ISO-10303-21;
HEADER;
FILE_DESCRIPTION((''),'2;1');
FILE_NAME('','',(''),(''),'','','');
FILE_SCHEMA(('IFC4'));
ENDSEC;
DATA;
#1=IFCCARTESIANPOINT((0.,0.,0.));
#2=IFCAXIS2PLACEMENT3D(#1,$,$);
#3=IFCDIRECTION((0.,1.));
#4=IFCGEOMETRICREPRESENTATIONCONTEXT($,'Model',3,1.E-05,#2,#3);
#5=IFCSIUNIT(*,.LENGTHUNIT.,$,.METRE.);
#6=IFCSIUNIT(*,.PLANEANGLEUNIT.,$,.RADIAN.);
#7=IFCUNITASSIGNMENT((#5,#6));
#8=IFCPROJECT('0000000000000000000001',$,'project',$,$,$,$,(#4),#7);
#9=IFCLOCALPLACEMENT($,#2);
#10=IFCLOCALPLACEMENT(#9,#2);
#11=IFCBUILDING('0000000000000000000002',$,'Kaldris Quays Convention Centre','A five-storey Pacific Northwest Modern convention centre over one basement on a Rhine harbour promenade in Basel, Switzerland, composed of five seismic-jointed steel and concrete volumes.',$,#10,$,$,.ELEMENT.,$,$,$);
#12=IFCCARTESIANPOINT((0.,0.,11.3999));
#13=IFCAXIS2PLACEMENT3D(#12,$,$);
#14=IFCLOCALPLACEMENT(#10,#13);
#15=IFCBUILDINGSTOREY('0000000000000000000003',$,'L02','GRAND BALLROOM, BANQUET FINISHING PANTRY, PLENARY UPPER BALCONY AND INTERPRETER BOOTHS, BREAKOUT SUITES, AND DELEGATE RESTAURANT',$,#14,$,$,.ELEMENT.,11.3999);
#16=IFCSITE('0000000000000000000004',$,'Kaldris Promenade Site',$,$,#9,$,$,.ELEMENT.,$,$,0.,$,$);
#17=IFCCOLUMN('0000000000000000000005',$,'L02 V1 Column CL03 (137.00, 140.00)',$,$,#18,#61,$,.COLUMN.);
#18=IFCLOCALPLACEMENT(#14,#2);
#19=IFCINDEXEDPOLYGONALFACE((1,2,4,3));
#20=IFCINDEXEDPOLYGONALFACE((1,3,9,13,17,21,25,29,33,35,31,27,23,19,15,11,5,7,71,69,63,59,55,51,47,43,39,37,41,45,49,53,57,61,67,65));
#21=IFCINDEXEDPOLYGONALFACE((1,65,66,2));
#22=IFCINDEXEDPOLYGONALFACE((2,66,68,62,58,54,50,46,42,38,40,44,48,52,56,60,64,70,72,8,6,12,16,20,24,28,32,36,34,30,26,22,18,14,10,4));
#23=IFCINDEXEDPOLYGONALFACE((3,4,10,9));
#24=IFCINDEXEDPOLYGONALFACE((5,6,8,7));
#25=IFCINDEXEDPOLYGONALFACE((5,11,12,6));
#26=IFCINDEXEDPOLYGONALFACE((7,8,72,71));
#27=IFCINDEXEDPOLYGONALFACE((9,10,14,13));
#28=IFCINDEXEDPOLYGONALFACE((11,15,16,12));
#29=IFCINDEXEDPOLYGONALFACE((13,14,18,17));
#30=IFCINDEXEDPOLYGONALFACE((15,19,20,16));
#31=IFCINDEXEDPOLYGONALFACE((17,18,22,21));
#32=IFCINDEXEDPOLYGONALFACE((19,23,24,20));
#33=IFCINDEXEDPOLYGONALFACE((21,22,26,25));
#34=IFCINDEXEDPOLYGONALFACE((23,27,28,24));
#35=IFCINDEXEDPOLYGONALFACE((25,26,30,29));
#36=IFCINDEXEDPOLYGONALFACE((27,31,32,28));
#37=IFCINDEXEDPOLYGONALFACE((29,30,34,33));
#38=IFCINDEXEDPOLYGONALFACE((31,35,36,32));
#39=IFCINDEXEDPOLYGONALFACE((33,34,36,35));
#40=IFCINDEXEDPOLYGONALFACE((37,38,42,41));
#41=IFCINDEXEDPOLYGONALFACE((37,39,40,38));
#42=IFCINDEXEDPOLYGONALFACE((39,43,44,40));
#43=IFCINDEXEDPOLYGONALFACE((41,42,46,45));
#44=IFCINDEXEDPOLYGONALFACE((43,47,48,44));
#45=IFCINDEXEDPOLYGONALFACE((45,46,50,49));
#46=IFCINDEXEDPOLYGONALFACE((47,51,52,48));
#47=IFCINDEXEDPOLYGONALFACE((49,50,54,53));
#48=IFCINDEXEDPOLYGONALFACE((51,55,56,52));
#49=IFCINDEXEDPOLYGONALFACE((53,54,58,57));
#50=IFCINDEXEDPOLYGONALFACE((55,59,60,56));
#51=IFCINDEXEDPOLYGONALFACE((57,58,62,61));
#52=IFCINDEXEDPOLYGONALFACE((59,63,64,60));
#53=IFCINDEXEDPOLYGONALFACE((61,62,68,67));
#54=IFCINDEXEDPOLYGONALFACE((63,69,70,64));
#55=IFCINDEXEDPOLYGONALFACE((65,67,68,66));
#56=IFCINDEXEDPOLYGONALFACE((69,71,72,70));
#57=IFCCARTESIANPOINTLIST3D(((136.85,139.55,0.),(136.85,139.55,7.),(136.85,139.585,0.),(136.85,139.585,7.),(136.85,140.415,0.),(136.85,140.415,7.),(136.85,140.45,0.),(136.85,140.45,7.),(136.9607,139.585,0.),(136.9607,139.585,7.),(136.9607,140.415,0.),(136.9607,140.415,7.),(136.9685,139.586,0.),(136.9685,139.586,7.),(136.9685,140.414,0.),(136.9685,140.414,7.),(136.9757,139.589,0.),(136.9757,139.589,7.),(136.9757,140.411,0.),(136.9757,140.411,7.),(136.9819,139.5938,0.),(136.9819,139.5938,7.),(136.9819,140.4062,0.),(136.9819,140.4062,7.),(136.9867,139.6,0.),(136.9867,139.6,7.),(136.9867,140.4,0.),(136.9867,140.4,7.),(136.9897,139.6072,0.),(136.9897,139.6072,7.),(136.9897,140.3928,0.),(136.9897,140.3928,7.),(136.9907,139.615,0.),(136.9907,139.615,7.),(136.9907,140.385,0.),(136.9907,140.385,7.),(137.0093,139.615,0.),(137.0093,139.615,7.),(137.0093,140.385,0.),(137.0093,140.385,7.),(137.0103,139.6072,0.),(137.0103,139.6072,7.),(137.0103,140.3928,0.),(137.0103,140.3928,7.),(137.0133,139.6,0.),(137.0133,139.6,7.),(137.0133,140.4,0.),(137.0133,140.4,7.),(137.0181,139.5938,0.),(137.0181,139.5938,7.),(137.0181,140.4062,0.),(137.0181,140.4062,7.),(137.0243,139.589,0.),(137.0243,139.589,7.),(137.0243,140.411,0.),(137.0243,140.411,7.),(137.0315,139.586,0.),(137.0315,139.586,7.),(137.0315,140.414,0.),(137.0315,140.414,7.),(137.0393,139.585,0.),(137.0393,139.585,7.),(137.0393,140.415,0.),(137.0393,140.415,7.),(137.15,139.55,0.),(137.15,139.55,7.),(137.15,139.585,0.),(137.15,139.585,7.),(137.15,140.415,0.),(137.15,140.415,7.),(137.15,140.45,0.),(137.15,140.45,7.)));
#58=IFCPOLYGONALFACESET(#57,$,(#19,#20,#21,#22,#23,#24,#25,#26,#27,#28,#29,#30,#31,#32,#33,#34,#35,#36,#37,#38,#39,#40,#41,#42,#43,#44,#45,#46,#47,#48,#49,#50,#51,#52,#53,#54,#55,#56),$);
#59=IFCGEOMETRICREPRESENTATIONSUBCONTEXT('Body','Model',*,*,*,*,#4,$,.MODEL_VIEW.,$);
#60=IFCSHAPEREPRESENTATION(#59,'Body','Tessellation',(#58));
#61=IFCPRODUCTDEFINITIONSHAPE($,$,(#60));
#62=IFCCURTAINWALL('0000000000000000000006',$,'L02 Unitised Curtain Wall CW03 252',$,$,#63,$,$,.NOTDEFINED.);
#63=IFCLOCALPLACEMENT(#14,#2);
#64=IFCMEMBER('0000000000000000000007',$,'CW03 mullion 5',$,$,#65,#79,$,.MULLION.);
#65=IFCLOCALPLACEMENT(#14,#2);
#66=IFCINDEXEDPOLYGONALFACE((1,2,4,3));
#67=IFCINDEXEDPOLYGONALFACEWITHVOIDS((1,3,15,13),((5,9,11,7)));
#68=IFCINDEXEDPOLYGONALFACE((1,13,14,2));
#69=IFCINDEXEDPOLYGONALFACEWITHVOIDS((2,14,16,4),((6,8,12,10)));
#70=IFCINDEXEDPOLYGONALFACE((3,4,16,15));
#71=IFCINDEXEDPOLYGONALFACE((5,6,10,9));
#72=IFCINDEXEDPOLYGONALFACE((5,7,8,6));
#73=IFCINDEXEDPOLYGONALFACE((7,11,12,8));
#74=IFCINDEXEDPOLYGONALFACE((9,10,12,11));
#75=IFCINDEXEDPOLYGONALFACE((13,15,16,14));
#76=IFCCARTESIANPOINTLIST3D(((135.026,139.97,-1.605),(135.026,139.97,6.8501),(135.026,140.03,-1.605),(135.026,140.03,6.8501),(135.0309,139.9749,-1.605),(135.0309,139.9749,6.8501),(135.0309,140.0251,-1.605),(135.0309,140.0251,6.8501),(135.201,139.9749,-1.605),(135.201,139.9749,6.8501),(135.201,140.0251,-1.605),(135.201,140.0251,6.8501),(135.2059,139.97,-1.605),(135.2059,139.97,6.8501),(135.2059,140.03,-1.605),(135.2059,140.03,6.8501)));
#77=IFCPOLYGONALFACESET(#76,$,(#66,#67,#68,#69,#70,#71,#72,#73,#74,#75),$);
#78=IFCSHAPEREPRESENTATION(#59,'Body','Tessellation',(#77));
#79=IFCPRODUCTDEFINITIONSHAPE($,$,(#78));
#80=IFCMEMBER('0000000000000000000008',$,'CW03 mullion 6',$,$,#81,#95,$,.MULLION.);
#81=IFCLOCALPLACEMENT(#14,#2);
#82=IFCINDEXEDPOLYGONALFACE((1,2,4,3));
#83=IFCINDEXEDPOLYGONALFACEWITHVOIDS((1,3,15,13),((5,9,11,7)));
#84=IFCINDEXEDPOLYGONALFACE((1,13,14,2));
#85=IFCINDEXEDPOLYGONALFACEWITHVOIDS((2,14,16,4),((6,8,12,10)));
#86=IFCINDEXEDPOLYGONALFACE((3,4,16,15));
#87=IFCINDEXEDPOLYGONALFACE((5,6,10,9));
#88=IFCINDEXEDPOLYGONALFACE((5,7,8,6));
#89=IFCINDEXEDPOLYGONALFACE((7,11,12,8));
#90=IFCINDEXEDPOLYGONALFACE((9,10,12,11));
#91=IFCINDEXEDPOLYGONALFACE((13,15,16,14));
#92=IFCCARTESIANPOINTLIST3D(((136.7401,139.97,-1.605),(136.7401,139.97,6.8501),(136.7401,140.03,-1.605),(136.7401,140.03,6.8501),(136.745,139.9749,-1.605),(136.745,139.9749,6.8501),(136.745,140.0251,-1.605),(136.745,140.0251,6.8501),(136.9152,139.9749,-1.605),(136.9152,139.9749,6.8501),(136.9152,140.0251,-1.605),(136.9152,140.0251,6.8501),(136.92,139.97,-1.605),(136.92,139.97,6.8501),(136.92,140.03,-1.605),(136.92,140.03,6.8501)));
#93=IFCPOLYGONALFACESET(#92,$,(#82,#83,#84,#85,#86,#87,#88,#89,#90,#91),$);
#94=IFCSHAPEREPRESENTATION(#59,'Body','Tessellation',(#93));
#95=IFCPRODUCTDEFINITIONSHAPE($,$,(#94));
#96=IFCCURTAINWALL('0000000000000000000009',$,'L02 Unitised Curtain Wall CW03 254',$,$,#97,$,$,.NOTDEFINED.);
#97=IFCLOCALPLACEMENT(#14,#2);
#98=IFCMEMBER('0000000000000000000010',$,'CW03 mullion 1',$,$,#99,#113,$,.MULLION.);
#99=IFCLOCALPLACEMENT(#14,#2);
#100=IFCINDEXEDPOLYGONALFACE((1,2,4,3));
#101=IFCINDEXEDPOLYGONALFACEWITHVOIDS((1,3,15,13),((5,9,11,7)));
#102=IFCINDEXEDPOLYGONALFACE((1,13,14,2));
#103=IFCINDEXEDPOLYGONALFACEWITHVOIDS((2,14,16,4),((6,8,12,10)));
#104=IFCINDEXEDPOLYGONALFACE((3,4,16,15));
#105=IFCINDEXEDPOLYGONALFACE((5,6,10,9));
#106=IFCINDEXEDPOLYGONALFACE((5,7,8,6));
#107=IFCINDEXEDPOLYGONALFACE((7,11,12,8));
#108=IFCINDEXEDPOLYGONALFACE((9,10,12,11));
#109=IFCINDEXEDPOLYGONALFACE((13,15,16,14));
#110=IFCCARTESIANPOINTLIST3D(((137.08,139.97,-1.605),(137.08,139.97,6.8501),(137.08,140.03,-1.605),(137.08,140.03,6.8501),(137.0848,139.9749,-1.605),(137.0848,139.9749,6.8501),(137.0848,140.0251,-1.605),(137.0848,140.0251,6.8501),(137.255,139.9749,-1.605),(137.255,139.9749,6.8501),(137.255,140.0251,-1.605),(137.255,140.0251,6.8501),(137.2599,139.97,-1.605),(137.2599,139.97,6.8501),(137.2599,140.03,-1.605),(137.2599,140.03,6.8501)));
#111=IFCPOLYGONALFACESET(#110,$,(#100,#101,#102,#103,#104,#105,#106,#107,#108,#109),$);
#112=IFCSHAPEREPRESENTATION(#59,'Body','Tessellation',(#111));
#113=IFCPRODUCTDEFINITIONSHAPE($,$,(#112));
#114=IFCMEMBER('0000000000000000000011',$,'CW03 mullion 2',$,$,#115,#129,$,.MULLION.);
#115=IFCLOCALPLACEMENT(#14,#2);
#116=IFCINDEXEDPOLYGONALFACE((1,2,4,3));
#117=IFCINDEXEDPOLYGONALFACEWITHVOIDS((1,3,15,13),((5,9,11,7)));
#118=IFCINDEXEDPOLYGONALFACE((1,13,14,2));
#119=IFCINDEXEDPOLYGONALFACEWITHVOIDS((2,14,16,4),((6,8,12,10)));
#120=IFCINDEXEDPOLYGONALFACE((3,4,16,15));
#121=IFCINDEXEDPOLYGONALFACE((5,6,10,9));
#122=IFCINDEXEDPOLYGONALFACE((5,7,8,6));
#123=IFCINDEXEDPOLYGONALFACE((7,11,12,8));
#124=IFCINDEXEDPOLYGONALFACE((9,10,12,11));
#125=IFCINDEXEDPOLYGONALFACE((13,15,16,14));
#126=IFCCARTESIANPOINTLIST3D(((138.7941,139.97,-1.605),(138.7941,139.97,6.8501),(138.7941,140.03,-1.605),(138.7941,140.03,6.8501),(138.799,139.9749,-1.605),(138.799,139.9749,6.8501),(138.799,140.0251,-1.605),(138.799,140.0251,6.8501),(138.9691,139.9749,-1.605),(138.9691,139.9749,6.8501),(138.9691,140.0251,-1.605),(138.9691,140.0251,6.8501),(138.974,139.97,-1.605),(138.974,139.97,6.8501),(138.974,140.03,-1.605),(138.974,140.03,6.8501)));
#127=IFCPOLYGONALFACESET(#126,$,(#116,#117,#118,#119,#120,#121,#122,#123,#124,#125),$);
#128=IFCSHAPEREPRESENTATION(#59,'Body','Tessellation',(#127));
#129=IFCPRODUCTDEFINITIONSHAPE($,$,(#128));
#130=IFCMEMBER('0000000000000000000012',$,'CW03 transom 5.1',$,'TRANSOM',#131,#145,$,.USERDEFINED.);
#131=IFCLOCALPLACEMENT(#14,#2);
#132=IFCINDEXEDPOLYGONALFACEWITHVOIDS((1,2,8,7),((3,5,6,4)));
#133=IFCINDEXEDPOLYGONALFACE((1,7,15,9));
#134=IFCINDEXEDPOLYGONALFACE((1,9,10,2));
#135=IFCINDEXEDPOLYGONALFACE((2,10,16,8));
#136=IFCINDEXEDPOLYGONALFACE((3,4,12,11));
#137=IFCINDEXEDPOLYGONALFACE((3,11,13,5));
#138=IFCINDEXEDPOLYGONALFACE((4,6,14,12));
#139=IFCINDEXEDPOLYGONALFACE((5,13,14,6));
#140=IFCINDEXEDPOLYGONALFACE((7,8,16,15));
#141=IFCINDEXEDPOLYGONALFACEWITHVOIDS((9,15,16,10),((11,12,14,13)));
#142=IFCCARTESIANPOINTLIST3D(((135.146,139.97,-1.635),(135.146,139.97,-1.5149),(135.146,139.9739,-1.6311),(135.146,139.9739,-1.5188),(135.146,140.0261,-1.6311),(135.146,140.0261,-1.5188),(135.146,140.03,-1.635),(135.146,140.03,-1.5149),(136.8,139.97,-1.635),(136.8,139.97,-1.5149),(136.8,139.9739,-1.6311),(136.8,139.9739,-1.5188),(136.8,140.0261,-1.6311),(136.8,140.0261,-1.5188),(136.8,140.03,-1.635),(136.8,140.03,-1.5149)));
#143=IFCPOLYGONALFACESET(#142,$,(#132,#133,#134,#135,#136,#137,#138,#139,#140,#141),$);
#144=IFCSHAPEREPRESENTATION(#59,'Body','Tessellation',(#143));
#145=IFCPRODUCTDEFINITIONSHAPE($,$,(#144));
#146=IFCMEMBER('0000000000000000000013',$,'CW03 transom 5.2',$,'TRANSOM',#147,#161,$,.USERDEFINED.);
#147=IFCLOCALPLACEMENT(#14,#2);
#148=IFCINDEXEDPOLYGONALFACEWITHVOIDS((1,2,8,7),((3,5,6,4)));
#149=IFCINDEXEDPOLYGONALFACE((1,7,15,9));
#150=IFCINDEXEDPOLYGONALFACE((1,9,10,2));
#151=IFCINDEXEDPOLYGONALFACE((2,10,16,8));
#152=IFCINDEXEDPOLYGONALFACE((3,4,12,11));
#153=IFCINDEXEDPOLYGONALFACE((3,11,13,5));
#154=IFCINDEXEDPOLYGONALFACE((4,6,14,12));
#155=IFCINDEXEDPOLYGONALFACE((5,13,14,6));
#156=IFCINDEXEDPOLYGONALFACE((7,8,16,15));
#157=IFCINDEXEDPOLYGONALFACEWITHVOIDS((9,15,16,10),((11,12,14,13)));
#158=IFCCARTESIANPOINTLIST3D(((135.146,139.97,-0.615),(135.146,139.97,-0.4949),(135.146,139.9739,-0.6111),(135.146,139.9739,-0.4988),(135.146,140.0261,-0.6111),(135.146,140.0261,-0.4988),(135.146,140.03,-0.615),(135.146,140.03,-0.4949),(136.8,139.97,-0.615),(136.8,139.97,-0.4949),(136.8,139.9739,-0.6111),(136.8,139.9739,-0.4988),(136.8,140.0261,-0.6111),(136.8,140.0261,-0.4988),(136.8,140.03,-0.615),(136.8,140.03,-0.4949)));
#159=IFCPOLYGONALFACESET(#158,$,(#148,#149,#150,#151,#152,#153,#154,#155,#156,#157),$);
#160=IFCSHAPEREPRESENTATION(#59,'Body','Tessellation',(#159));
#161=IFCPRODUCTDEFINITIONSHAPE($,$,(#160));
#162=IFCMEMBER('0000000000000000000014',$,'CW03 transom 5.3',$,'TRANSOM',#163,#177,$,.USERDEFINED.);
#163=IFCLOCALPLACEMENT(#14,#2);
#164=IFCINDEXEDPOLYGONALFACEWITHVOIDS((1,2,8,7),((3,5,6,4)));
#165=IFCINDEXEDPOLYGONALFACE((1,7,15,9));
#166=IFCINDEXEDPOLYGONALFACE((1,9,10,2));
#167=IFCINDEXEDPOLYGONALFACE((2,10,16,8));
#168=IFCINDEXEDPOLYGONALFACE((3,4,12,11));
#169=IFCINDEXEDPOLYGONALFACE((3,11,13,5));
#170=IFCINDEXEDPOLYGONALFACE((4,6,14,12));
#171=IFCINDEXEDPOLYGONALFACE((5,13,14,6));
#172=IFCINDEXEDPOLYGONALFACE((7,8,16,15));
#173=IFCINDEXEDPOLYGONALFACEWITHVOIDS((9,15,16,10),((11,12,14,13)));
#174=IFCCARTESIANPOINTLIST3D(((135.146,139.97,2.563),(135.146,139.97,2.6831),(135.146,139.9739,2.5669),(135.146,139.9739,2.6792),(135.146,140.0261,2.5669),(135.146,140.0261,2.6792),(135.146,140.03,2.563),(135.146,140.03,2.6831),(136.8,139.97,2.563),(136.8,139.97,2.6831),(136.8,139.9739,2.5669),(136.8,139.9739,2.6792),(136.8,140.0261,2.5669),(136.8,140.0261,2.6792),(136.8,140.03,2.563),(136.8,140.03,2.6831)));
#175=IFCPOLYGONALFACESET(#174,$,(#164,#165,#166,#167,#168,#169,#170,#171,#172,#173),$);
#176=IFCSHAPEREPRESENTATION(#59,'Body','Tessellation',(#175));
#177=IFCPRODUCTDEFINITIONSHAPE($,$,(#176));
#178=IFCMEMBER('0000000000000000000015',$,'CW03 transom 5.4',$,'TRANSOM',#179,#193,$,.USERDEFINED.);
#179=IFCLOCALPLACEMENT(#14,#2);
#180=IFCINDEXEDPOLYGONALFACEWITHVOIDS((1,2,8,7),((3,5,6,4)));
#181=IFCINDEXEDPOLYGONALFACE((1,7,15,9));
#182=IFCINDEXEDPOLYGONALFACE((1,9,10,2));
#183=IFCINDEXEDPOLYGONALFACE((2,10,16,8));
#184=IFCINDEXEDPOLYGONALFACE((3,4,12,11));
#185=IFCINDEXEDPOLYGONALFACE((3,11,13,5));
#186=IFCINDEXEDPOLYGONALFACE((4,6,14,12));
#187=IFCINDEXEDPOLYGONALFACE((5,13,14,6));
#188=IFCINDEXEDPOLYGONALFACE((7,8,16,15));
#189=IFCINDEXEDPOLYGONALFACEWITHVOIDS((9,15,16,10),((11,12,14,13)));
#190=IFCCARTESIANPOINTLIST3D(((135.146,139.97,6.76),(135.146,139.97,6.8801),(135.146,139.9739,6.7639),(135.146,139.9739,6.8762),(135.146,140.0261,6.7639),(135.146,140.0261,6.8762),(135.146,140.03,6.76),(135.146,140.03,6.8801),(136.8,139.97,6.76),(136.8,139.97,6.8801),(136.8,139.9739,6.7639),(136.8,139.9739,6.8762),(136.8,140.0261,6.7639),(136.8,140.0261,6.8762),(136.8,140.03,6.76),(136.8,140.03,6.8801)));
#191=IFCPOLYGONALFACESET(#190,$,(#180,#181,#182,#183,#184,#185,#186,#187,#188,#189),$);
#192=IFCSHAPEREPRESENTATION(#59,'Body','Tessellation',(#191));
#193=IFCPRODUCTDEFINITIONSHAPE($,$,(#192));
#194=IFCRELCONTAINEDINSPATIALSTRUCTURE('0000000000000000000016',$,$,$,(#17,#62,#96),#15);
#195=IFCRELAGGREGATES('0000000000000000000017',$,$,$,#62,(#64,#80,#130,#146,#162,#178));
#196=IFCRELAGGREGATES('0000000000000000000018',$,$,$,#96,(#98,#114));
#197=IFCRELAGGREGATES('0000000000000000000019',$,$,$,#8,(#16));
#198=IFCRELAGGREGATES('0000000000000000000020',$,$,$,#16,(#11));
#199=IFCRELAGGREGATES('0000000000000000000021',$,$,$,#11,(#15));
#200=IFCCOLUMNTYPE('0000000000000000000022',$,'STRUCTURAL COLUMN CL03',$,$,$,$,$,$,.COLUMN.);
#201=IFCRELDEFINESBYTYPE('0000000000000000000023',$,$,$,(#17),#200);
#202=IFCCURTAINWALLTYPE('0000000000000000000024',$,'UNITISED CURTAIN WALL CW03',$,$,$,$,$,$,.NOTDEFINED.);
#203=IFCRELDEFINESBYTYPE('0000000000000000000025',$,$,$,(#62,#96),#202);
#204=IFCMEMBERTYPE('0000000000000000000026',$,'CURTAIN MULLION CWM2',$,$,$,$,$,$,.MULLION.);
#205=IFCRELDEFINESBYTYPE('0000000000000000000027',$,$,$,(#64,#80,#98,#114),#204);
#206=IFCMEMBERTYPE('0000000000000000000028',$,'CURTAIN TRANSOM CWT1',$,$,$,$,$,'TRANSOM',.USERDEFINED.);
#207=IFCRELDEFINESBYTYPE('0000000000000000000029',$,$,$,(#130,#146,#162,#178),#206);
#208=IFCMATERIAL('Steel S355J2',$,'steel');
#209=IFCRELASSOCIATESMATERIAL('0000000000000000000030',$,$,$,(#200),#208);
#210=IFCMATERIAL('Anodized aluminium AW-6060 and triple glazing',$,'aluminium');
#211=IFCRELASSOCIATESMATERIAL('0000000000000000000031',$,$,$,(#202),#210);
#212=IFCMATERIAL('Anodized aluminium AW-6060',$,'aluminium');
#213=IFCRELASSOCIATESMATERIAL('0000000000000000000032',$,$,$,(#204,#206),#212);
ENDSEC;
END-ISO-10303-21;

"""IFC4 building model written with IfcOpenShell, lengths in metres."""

from ifc_helpers import new_model, si_unit, direction, frame, origin, origin_2d, place, context, subcontext, project, spatial, hollow_rectangle, i_section, extrude, material, material_profile, profile_set, type_object, element, aggregate, save


model = new_model("IFC4")

# Units and contexts
model_context = context("Model", 3, precision=1e-05, world=origin(), true_north=direction((0.0, 1.0)))
body_context = subcontext(model_context, "Body", "Model", "MODEL_VIEW")
ifc_project = project(units=[si_unit("LENGTHUNIT", "METRE"), si_unit("PLANEANGLEUNIT", "RADIAN")], contexts=[model_context])

# Site, building, storey
site_placement = place(None, origin())
site = spatial("IfcSite", under=ifc_project, at=site_placement, Name="Kaldris Promenade Site", CompositionType="ELEMENT", RefElevation=0.0)
building_placement = place(site_placement, origin())
building = spatial("IfcBuilding", under=site, at=building_placement, Name="Kaldris Quays Convention Centre", Description="A five-storey Pacific Northwest Modern convention centre over one basement on a Rhine harbour promenade in Basel, Switzerland, composed of five seismic-jointed steel and concrete volumes.", CompositionType="ELEMENT")
storey_placement = place(building_placement, frame((0.0, 0.0, 11.3999)))
storey = spatial("IfcBuildingStorey", under=building, at=storey_placement, Name="L02", Description="GRAND BALLROOM, BANQUET FINISHING PANTRY, PLENARY UPPER BALCONY AND INTERPRETER BOOTHS, BREAKOUT SUITES, AND DELEGATE RESTAURANT", CompositionType="ELEMENT", Elevation=11.3999)

# Column
ifc_material_1 = material(Name="Steel S355J2", Category="steel")
ifc_material_profile_1 = material_profile(ifc_material_1, i_section(OverallWidth=0.3, OverallDepth=0.8999, WebThickness=0.0186, FlangeThickness=0.0349, FilletRadius=0.03, at=origin_2d()), Name="HEB 900")
ifc_profile_set_1 = profile_set([ifc_material_profile_1], Name="Steel S355J2")
column_type = type_object("IfcColumnType", Name="STRUCTURAL COLUMN CL03", PredefinedType="COLUMN", material=ifc_profile_set_1)
column_placement = place(storey_placement, frame((137.0, 140.0, 0.0), z_axis=(0.0, 0.0, 1.0), x_axis=(1.0, 0.0, 0.0)))
element("IfcColumn", 1, at=column_placement, inside=storey, type_object=column_type, Name="L02 V1 Column CL03 (137.00, 140.00)", PredefinedType="COLUMN", context=body_context, shape_type="SweptSolid", body=[
    extrude(i_section(OverallWidth=0.3, OverallDepth=0.8999, WebThickness=0.0186, FlangeThickness=0.0349, FilletRadius=0.03, at=origin_2d()), origin(), (0.0, 0.0, 1.0), 7.0),
])

# Curtain walls, members
ifc_material_2 = material(Name="Anodized aluminium AW-6060 and triple glazing", Category="aluminium")
curtain_wall_type = type_object("IfcCurtainWallType", Name="UNITISED CURTAIN WALL CW03", PredefinedType="NOTDEFINED", material=ifc_material_2)
curtain_wall_1_placement = place(storey_placement, origin())
curtain_wall_1 = element("IfcCurtainWall", 2, at=curtain_wall_1_placement, inside=storey, type_object=curtain_wall_type, Name="L02 Unitised Curtain Wall CW03 252", PredefinedType="NOTDEFINED")
ifc_material_3 = material(Name="Anodized aluminium AW-6060", Category="aluminium")
ifc_material_profile_2 = material_profile(ifc_material_3, hollow_rectangle(XDim=0.0601, YDim=0.1799, WallThickness=0.0049, at=origin_2d()), Name="RHS 180x60x5")
ifc_profile_set_2 = profile_set([ifc_material_profile_2], Name="Anodized aluminium AW-6060")
member_type_1 = type_object("IfcMemberType", Name="CURTAIN MULLION CWM2", PredefinedType="MULLION", material=ifc_profile_set_2)
member_1_placement = place(storey_placement, frame((135.116, 140.0, -1.605), z_axis=(0.0, 0.0, 1.0), x_axis=(0.0, 1.0, 0.0)))
member_1 = element("IfcMember", 3, at=member_1_placement, type_object=member_type_1, Name="CW03 mullion 5", PredefinedType="MULLION", context=body_context, shape_type="SweptSolid", body=[
    extrude(hollow_rectangle(XDim=0.0601, YDim=0.1799, WallThickness=0.0049, at=origin_2d()), origin(), (0.0, 0.0, 1.0), 8.4551),
])
member_2_placement = place(storey_placement, frame((136.8301, 140.0, -1.605), z_axis=(0.0, 0.0, 1.0), x_axis=(0.0, 1.0, 0.0)))
member_2 = element("IfcMember", 4, at=member_2_placement, type_object=member_type_1, Name="CW03 mullion 6", PredefinedType="MULLION", context=body_context, shape_type="SweptSolid", body=[
    extrude(hollow_rectangle(XDim=0.0601, YDim=0.1799, WallThickness=0.0049, at=origin_2d()), origin(), (0.0, 0.0, 1.0), 8.4551),
])
curtain_wall_2_placement = place(storey_placement, origin())
curtain_wall_2 = element("IfcCurtainWall", 5, at=curtain_wall_2_placement, inside=storey, type_object=curtain_wall_type, Name="L02 Unitised Curtain Wall CW03 254", PredefinedType="NOTDEFINED")
member_3_placement = place(storey_placement, frame((137.1699, 140.0, -1.605), z_axis=(0.0, 0.0, 1.0), x_axis=(0.0, 1.0, 0.0)))
member_3 = element("IfcMember", 6, at=member_3_placement, type_object=member_type_1, Name="CW03 mullion 1", PredefinedType="MULLION", context=body_context, shape_type="SweptSolid", body=[
    extrude(hollow_rectangle(XDim=0.0601, YDim=0.1799, WallThickness=0.0049, at=origin_2d()), origin(), (0.0, 0.0, 1.0), 8.4551),
])
member_4_placement = place(storey_placement, frame((138.884, 140.0, -1.605), z_axis=(0.0, 0.0, 1.0), x_axis=(0.0, 1.0, 0.0)))
member_4 = element("IfcMember", 7, at=member_4_placement, type_object=member_type_1, Name="CW03 mullion 2", PredefinedType="MULLION", context=body_context, shape_type="SweptSolid", body=[
    extrude(hollow_rectangle(XDim=0.0601, YDim=0.1799, WallThickness=0.0049, at=origin_2d()), origin(), (0.0, 0.0, 1.0), 8.4551),
])

# Members
ifc_material_profile_3 = material_profile(ifc_material_3, hollow_rectangle(XDim=0.0601, YDim=0.1201, WallThickness=0.0039, at=origin_2d()), Name="RHS 120x60x4")
ifc_profile_set_3 = profile_set([ifc_material_profile_3], Name="Anodized aluminium AW-6060")
member_type_2 = type_object("IfcMemberType", Name="CURTAIN TRANSOM CWT1", ElementType="TRANSOM", PredefinedType="USERDEFINED", material=ifc_profile_set_3)
member_5_placement = place(storey_placement, frame((135.146, 140.0, -1.575), z_axis=(1.0, 0.0, 0.0), x_axis=(0.0, 1.0, 0.0)))
member_5 = element("IfcMember", 8, at=member_5_placement, type_object=member_type_2, Name="CW03 transom 5.1", ObjectType="TRANSOM", PredefinedType="USERDEFINED", context=body_context, shape_type="SweptSolid", body=[
    extrude(hollow_rectangle(XDim=0.0601, YDim=0.1201, WallThickness=0.0039, at=origin_2d()), origin(), (0.0, 0.0, 1.0), 1.6541),
])
member_6_placement = place(storey_placement, frame((135.146, 140.0, -0.5549), z_axis=(1.0, 0.0, 0.0), x_axis=(0.0, 1.0, 0.0)))
member_6 = element("IfcMember", 9, at=member_6_placement, type_object=member_type_2, Name="CW03 transom 5.2", ObjectType="TRANSOM", PredefinedType="USERDEFINED", context=body_context, shape_type="SweptSolid", body=[
    extrude(hollow_rectangle(XDim=0.0601, YDim=0.1201, WallThickness=0.0039, at=origin_2d()), origin(), (0.0, 0.0, 1.0), 1.6541),
])
member_7_placement = place(storey_placement, frame((135.146, 140.0, 2.623), z_axis=(1.0, 0.0, 0.0), x_axis=(0.0, 1.0, 0.0)))
member_7 = element("IfcMember", 10, at=member_7_placement, type_object=member_type_2, Name="CW03 transom 5.3", ObjectType="TRANSOM", PredefinedType="USERDEFINED", context=body_context, shape_type="SweptSolid", body=[
    extrude(hollow_rectangle(XDim=0.0601, YDim=0.1201, WallThickness=0.0039, at=origin_2d()), origin(), (0.0, 0.0, 1.0), 1.6541),
])
member_8_placement = place(storey_placement, frame((135.146, 140.0, 6.8201), z_axis=(1.0, 0.0, 0.0), x_axis=(0.0, 1.0, 0.0)))
member_8 = element("IfcMember", 11, at=member_8_placement, type_object=member_type_2, Name="CW03 transom 5.4", ObjectType="TRANSOM", PredefinedType="USERDEFINED", context=body_context, shape_type="SweptSolid", body=[
    extrude(hollow_rectangle(XDim=0.0601, YDim=0.1201, WallThickness=0.0039, at=origin_2d()), origin(), (0.0, 0.0, 1.0), 1.6541),
])

aggregate(curtain_wall_1, [member_1, member_2, member_5, member_6, member_7, member_8])
aggregate(curtain_wall_2, [member_3, member_4])

save(model, "model.ifc")
